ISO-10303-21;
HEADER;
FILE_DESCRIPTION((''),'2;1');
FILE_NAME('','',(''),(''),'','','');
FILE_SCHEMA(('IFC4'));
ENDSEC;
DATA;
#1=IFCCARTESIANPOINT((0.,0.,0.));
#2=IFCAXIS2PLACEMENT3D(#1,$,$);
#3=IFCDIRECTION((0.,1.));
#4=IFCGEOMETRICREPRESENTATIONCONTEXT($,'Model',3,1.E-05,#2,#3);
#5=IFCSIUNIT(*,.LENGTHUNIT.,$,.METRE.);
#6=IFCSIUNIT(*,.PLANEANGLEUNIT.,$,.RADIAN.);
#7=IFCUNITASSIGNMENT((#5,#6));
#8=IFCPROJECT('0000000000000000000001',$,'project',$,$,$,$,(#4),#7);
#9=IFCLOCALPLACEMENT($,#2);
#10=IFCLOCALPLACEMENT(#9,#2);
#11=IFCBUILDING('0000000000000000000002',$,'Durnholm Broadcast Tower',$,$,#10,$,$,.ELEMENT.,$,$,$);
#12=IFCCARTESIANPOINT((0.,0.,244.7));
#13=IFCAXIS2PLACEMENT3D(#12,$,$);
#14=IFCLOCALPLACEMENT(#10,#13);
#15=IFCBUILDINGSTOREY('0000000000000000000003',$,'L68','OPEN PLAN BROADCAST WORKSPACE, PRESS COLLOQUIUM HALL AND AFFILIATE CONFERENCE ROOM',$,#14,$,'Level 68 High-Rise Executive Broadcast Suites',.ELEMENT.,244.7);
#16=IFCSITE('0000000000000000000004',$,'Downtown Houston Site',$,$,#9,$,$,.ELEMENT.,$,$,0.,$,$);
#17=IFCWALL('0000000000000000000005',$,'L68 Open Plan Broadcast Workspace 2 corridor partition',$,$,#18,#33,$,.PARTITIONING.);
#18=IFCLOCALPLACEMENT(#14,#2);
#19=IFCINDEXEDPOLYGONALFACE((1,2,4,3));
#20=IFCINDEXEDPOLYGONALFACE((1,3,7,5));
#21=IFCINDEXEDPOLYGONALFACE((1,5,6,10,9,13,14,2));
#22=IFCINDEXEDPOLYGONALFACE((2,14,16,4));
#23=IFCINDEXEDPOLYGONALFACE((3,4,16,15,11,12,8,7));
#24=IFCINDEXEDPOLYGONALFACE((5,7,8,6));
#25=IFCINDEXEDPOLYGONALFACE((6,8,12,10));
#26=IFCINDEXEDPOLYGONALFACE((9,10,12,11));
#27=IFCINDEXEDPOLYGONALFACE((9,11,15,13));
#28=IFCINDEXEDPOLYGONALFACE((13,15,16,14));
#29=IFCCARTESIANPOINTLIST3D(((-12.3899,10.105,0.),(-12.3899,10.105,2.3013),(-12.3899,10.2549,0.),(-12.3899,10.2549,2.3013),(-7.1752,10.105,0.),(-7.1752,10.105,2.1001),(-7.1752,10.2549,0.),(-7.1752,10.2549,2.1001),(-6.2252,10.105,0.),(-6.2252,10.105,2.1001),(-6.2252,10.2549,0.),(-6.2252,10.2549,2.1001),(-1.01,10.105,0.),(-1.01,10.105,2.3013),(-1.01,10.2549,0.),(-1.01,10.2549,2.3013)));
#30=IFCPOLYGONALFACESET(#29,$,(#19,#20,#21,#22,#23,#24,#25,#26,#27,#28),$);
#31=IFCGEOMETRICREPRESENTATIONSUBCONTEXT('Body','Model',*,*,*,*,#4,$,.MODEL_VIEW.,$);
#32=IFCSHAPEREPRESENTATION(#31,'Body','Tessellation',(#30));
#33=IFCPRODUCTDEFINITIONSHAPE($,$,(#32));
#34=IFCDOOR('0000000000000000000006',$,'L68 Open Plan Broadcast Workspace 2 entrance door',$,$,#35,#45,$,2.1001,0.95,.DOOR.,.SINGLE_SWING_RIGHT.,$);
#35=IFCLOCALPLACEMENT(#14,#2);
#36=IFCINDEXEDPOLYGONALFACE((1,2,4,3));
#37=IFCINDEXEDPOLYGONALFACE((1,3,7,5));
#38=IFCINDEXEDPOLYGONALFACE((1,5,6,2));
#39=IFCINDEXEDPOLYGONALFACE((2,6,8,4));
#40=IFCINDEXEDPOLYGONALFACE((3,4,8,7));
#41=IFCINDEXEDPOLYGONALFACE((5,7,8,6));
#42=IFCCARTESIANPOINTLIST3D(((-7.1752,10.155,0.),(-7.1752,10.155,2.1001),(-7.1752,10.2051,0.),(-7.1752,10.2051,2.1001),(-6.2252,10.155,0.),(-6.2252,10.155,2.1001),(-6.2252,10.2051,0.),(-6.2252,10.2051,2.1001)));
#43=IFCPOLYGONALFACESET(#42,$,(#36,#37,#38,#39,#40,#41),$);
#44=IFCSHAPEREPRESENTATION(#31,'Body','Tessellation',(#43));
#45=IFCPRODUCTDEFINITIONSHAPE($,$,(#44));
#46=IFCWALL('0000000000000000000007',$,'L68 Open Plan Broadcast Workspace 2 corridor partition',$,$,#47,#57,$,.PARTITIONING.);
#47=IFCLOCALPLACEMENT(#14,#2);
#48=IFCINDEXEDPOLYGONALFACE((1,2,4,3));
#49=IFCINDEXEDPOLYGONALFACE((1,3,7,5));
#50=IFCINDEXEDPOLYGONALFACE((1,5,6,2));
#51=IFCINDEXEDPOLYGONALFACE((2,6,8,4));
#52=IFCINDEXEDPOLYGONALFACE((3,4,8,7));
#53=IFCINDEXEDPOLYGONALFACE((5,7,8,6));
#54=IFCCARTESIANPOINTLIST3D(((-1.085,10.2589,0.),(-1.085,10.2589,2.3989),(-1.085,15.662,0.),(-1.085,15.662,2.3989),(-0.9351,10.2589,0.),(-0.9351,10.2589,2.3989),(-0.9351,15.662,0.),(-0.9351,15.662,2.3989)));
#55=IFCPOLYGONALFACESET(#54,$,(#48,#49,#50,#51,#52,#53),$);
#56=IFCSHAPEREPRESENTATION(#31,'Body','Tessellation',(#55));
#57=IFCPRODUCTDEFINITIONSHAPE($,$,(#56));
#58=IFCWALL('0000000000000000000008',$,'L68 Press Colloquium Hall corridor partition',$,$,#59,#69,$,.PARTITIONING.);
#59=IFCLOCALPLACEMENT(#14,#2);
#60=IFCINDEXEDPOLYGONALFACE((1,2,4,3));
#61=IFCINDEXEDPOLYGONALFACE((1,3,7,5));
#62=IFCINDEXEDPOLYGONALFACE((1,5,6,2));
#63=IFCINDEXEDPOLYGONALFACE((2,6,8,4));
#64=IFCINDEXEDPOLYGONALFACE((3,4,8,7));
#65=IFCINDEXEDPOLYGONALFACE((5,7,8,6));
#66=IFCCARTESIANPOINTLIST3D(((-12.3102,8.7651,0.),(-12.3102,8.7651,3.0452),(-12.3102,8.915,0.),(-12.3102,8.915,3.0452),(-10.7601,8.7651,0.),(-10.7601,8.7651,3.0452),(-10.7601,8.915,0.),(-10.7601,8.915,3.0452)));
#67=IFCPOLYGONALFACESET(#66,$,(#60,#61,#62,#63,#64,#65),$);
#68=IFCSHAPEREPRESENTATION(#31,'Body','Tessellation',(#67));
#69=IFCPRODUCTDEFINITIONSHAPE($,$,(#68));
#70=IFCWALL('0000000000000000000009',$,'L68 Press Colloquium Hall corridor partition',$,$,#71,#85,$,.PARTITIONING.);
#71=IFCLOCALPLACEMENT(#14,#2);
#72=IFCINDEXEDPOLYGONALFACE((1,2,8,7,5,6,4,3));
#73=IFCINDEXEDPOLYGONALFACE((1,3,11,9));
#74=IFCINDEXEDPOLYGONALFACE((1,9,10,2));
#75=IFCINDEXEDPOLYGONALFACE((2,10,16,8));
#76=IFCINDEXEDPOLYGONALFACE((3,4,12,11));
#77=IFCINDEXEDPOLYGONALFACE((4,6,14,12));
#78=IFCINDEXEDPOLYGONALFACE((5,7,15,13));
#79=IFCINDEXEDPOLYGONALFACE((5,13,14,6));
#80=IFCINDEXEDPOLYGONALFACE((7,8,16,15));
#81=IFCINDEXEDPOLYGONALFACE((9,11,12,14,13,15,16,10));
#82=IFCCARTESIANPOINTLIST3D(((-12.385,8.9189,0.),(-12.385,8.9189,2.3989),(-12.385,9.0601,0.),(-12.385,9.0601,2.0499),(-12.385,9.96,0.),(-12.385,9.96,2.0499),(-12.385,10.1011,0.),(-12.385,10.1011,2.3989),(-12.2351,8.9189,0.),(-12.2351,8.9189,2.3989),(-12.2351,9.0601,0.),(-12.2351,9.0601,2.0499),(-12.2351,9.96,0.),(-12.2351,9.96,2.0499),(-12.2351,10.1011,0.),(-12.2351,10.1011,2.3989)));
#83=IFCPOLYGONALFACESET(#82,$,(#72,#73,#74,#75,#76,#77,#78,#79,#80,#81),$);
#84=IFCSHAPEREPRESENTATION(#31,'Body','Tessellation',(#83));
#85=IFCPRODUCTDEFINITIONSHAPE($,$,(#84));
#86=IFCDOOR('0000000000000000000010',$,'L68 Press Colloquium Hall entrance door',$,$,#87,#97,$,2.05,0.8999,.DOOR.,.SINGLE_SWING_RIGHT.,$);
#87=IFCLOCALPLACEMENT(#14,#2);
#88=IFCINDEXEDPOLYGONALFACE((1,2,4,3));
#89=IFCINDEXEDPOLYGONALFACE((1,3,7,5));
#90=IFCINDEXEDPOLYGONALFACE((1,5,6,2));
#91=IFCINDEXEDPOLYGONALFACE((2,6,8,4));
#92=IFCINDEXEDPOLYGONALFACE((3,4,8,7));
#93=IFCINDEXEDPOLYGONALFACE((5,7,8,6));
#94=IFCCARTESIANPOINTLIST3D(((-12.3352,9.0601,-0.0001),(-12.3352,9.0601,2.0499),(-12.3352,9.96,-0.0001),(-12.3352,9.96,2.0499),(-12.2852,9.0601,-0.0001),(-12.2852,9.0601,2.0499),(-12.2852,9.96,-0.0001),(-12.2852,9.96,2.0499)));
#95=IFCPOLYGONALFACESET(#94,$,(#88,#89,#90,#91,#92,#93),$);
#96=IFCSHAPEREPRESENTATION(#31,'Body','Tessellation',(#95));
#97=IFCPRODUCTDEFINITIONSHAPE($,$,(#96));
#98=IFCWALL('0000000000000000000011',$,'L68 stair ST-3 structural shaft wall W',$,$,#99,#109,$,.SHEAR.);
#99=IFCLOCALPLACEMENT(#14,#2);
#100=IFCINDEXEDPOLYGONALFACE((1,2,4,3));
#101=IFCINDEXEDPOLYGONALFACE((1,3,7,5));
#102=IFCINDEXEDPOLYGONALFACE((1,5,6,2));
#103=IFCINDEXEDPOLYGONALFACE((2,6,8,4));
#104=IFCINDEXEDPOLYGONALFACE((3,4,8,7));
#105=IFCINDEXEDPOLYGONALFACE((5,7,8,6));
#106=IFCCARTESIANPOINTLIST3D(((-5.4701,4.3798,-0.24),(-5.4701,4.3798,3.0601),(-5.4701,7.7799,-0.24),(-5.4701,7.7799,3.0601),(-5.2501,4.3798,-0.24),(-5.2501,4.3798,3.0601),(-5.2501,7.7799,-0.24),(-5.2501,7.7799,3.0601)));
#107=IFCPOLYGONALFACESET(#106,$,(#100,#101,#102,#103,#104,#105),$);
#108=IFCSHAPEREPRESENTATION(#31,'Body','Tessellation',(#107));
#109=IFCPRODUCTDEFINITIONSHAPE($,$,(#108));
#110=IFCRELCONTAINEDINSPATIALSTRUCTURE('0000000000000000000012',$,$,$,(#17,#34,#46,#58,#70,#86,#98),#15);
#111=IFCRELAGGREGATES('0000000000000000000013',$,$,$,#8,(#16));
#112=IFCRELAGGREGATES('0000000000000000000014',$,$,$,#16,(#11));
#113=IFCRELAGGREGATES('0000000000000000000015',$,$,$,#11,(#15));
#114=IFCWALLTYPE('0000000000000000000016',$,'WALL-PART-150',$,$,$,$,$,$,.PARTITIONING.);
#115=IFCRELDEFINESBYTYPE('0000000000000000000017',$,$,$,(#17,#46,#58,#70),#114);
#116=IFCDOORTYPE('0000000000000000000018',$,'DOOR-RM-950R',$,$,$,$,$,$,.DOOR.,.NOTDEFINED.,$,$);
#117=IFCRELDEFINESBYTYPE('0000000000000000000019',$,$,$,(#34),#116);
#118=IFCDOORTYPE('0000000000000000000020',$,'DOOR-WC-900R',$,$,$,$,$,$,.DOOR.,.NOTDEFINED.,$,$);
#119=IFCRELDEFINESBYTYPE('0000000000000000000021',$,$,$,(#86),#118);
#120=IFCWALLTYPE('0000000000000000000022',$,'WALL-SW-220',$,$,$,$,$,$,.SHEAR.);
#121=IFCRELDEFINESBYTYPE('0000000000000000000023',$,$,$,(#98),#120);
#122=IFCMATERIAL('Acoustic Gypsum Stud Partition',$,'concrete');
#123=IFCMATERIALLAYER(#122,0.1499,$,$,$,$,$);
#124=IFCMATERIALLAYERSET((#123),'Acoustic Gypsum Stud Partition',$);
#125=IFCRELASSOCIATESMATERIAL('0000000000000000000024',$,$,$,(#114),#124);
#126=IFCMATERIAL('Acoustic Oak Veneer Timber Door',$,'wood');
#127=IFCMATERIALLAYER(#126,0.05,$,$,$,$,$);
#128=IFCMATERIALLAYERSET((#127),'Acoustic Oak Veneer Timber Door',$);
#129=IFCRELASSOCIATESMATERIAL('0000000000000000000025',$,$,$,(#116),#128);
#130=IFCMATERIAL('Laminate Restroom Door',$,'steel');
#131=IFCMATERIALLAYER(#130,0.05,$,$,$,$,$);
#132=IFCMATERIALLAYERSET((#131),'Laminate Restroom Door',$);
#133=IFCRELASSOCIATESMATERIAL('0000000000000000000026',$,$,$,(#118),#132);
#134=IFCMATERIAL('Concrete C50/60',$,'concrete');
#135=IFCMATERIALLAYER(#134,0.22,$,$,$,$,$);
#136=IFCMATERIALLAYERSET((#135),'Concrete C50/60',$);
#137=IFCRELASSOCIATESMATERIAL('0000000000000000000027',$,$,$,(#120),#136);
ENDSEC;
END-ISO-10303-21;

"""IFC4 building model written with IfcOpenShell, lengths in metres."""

from ifc_helpers import new_model, si_unit, direction, frame, frame_2d, origin, place, context, subcontext, project, spatial, rectangle, extrude, source, transform, mapped, material, layer, layer_set, type_object, type_shapes, element, fill, save


model = new_model("IFC4")

# Units and contexts
model_context = context("Model", 3, precision=1e-05, world=origin(), true_north=direction((0.0, 1.0)))
body_context = subcontext(model_context, "Body", "Model", "MODEL_VIEW")
ifc_project = project(units=[si_unit("LENGTHUNIT", "METRE"), si_unit("PLANEANGLEUNIT", "RADIAN")], contexts=[model_context])

# Site, building, storey
site_placement = place(None, origin())
site = spatial("IfcSite", under=ifc_project, at=site_placement, Name="Downtown Houston Site", CompositionType="ELEMENT", RefElevation=0.0)
building_placement = place(site_placement, origin())
building = spatial("IfcBuilding", under=site, at=building_placement, Name="Durnholm Broadcast Tower", CompositionType="ELEMENT")
storey_placement = place(building_placement, frame((0.0, 0.0, 244.7)))
storey = spatial("IfcBuildingStorey", under=building, at=storey_placement, Name="L68", Description="OPEN PLAN BROADCAST WORKSPACE, PRESS COLLOQUIUM HALL AND AFFILIATE CONFERENCE ROOM", LongName="Level 68 High-Rise Executive Broadcast Suites", CompositionType="ELEMENT", Elevation=244.7)

# Wall, opening, door
ifc_material_1 = material(Name="Acoustic Gypsum Stud Partition", Category="concrete")
ifc_layer_1 = layer(ifc_material_1, 0.1499)
ifc_layer_set_1 = layer_set([ifc_layer_1], Name="Acoustic Gypsum Stud Partition")
wall_type_1 = type_object("IfcWallType", Name="WALL-PART-150", PredefinedType="PARTITIONING", material=ifc_layer_set_1)
wall_1_placement = place(storey_placement, frame((-1.01, 10.1799, 0.0), z_axis=(0.0, 0.0, 1.0), x_axis=(-1.0, 0.0, 0.0)))
wall_1 = element("IfcWall", 1, at=wall_1_placement, inside=storey, type_object=wall_type_1, Name="L68 Open Plan Broadcast Workspace 2 corridor partition", PredefinedType="PARTITIONING", context=body_context, shape_type="SweptSolid", body=[
    extrude(rectangle(XDim=11.3799, YDim=0.1499, at=frame_2d((5.6899, 0.0))), origin(), (0.0, 0.0, 1.0), 2.3013),
])
opening_1_placement = place(wall_1_placement, frame((5.2151, 0.0, 0.0)))
opening_1 = element("IfcOpeningElement", 2, at=opening_1_placement, cuts=wall_1, PredefinedType="OPENING", context=body_context, shape_type="SweptSolid", body=[
    extrude(rectangle(XDim=0.95, YDim=2.1001, at=frame_2d((0.4751, 1.05))), frame((0.0, 0.085, 0.0), z_axis=(0.0, -1.0, 0.0), x_axis=(1.0, 0.0, 0.0)), (0.0, 0.0, 1.0), 0.1699),
])
ifc_material_2 = material(Name="Acoustic Oak Veneer Timber Door", Category="wood")
ifc_layer_2 = layer(ifc_material_2, 0.05)
ifc_layer_set_2 = layer_set([ifc_layer_2], Name="Acoustic Oak Veneer Timber Door")
door_type_1 = type_object("IfcDoorType", Name="DOOR-RM-950R", OperationType="NOTDEFINED", PredefinedType="DOOR", material=ifc_layer_set_2)
shared_shape_1 = source(origin(), body_context, "Body", "SweptSolid", [
    extrude(rectangle(XDim=0.95, YDim=2.1001, at=frame_2d((0.4751, 1.05))), frame((0.0, 0.0249, 0.0), z_axis=(0.0, -1.0, 0.0), x_axis=(1.0, 0.0, 0.0)), (0.0, 0.0, 1.0), 0.05),
])
type_shapes(door_type_1, [shared_shape_1])
door_1_placement = place(opening_1_placement, origin())
door_1 = element("IfcDoor", 3, at=door_1_placement, inside=storey, type_object=door_type_1, Name="L68 Open Plan Broadcast Workspace 2 entrance door", OperationType="SINGLE_SWING_RIGHT", OverallHeight=2.1001, OverallWidth=0.95, PredefinedType="DOOR", context=body_context, shape_type="MappedRepresentation", body=[
    mapped(shared_shape_1, transform((0.0, 0.0, 0.0), x_axis=(1.0, 0.0, 0.0), y_axis=(0.0, 1.0, 0.0), z_axis=(0.0, 0.0, 1.0), scale=1.0)),
])
fill(opening_1, door_1)

# Walls
wall_2_placement = place(storey_placement, frame((-1.01, 15.6621, 0.0), z_axis=(0.0, 0.0, 1.0), x_axis=(0.0, -1.0, 0.0)))
element("IfcWall", 4, at=wall_2_placement, inside=storey, type_object=wall_type_1, Name="L68 Open Plan Broadcast Workspace 2 corridor partition", PredefinedType="PARTITIONING", context=body_context, shape_type="SweptSolid", body=[
    extrude(rectangle(XDim=5.4031, YDim=0.1499, at=frame_2d((2.7017, 0.0))), origin(), (0.0, 0.0, 1.0), 2.3989),
])
wall_3_placement = place(storey_placement, frame((-12.3101, 8.8401, 0.0), z_axis=(0.0, 0.0, 1.0), x_axis=(1.0, 0.0, 0.0)))
element("IfcWall", 5, at=wall_3_placement, inside=storey, type_object=wall_type_1, Name="L68 Press Colloquium Hall corridor partition", PredefinedType="PARTITIONING", context=body_context, shape_type="SweptSolid", body=[
    extrude(rectangle(XDim=1.55, YDim=0.1499, at=frame_2d((0.7749, 0.0))), origin(), (0.0, 0.0, 1.0), 3.0452),
])

# Wall, opening, door
wall_4_placement = place(storey_placement, frame((-12.3101, 10.1011, 0.0), z_axis=(0.0, 0.0, 1.0), x_axis=(0.0, -1.0, 0.0)))
wall_4 = element("IfcWall", 6, at=wall_4_placement, inside=storey, type_object=wall_type_1, Name="L68 Press Colloquium Hall corridor partition", PredefinedType="PARTITIONING", context=body_context, shape_type="SweptSolid", body=[
    extrude(rectangle(XDim=1.1821, YDim=0.1499, at=frame_2d((0.5911, 0.0))), origin(), (0.0, 0.0, 1.0), 2.3989),
])
opening_2_placement = place(wall_4_placement, frame((0.1411, 0.0, 0.0)))
opening_2 = element("IfcOpeningElement", 7, at=opening_2_placement, cuts=wall_4, PredefinedType="OPENING", context=body_context, shape_type="SweptSolid", body=[
    extrude(rectangle(XDim=0.8999, YDim=2.05, at=frame_2d((0.45, 1.0249))), frame((0.0, 0.085, 0.0), z_axis=(0.0, -1.0, 0.0), x_axis=(1.0, 0.0, 0.0)), (0.0, 0.0, 1.0), 0.1699),
])
ifc_material_3 = material(Name="Laminate Restroom Door", Category="steel")
ifc_layer_3 = layer(ifc_material_3, 0.05)
ifc_layer_set_3 = layer_set([ifc_layer_3], Name="Laminate Restroom Door")
door_type_2 = type_object("IfcDoorType", Name="DOOR-WC-900R", OperationType="NOTDEFINED", PredefinedType="DOOR", material=ifc_layer_set_3)
shared_shape_2 = source(origin(), body_context, "Body", "SweptSolid", [
    extrude(rectangle(XDim=0.8999, YDim=2.05, at=frame_2d((0.45, 1.0249))), frame((0.0, 0.0249, 0.0), z_axis=(0.0, -1.0, 0.0), x_axis=(1.0, 0.0, 0.0)), (0.0, 0.0, 1.0), 0.05),
])
type_shapes(door_type_2, [shared_shape_2])
door_2_placement = place(opening_2_placement, origin())
door_2 = element("IfcDoor", 8, at=door_2_placement, inside=storey, type_object=door_type_2, Name="L68 Press Colloquium Hall entrance door", OperationType="SINGLE_SWING_RIGHT", OverallHeight=2.05, OverallWidth=0.8999, PredefinedType="DOOR", context=body_context, shape_type="MappedRepresentation", body=[
    mapped(shared_shape_2, transform((0.0, 0.0, 0.0), x_axis=(1.0, 0.0, 0.0), y_axis=(0.0, 1.0, 0.0), z_axis=(0.0, 0.0, 1.0), scale=1.0)),
])
fill(opening_2, door_2)

# Wall
ifc_material_4 = material(Name="Concrete C50/60", Category="concrete")
ifc_layer_4 = layer(ifc_material_4, 0.22)
ifc_layer_set_4 = layer_set([ifc_layer_4], Name="Concrete C50/60")
wall_type_2 = type_object("IfcWallType", Name="WALL-SW-220", PredefinedType="SHEAR", material=ifc_layer_set_4)
wall_5_placement = place(storey_placement, frame((-5.3601, 7.78, -0.24), z_axis=(0.0, 0.0, 1.0), x_axis=(0.0, -1.0, 0.0)))
element("IfcWall", 9, at=wall_5_placement, inside=storey, type_object=wall_type_2, Name="L68 stair ST-3 structural shaft wall W", PredefinedType="SHEAR", context=body_context, shape_type="SweptSolid", body=[
    extrude(rectangle(XDim=3.4001, YDim=0.22, at=frame_2d((1.7002, 0.0))), origin(), (0.0, 0.0, 1.0), 3.3),
])

save(model, "model.ifc")
